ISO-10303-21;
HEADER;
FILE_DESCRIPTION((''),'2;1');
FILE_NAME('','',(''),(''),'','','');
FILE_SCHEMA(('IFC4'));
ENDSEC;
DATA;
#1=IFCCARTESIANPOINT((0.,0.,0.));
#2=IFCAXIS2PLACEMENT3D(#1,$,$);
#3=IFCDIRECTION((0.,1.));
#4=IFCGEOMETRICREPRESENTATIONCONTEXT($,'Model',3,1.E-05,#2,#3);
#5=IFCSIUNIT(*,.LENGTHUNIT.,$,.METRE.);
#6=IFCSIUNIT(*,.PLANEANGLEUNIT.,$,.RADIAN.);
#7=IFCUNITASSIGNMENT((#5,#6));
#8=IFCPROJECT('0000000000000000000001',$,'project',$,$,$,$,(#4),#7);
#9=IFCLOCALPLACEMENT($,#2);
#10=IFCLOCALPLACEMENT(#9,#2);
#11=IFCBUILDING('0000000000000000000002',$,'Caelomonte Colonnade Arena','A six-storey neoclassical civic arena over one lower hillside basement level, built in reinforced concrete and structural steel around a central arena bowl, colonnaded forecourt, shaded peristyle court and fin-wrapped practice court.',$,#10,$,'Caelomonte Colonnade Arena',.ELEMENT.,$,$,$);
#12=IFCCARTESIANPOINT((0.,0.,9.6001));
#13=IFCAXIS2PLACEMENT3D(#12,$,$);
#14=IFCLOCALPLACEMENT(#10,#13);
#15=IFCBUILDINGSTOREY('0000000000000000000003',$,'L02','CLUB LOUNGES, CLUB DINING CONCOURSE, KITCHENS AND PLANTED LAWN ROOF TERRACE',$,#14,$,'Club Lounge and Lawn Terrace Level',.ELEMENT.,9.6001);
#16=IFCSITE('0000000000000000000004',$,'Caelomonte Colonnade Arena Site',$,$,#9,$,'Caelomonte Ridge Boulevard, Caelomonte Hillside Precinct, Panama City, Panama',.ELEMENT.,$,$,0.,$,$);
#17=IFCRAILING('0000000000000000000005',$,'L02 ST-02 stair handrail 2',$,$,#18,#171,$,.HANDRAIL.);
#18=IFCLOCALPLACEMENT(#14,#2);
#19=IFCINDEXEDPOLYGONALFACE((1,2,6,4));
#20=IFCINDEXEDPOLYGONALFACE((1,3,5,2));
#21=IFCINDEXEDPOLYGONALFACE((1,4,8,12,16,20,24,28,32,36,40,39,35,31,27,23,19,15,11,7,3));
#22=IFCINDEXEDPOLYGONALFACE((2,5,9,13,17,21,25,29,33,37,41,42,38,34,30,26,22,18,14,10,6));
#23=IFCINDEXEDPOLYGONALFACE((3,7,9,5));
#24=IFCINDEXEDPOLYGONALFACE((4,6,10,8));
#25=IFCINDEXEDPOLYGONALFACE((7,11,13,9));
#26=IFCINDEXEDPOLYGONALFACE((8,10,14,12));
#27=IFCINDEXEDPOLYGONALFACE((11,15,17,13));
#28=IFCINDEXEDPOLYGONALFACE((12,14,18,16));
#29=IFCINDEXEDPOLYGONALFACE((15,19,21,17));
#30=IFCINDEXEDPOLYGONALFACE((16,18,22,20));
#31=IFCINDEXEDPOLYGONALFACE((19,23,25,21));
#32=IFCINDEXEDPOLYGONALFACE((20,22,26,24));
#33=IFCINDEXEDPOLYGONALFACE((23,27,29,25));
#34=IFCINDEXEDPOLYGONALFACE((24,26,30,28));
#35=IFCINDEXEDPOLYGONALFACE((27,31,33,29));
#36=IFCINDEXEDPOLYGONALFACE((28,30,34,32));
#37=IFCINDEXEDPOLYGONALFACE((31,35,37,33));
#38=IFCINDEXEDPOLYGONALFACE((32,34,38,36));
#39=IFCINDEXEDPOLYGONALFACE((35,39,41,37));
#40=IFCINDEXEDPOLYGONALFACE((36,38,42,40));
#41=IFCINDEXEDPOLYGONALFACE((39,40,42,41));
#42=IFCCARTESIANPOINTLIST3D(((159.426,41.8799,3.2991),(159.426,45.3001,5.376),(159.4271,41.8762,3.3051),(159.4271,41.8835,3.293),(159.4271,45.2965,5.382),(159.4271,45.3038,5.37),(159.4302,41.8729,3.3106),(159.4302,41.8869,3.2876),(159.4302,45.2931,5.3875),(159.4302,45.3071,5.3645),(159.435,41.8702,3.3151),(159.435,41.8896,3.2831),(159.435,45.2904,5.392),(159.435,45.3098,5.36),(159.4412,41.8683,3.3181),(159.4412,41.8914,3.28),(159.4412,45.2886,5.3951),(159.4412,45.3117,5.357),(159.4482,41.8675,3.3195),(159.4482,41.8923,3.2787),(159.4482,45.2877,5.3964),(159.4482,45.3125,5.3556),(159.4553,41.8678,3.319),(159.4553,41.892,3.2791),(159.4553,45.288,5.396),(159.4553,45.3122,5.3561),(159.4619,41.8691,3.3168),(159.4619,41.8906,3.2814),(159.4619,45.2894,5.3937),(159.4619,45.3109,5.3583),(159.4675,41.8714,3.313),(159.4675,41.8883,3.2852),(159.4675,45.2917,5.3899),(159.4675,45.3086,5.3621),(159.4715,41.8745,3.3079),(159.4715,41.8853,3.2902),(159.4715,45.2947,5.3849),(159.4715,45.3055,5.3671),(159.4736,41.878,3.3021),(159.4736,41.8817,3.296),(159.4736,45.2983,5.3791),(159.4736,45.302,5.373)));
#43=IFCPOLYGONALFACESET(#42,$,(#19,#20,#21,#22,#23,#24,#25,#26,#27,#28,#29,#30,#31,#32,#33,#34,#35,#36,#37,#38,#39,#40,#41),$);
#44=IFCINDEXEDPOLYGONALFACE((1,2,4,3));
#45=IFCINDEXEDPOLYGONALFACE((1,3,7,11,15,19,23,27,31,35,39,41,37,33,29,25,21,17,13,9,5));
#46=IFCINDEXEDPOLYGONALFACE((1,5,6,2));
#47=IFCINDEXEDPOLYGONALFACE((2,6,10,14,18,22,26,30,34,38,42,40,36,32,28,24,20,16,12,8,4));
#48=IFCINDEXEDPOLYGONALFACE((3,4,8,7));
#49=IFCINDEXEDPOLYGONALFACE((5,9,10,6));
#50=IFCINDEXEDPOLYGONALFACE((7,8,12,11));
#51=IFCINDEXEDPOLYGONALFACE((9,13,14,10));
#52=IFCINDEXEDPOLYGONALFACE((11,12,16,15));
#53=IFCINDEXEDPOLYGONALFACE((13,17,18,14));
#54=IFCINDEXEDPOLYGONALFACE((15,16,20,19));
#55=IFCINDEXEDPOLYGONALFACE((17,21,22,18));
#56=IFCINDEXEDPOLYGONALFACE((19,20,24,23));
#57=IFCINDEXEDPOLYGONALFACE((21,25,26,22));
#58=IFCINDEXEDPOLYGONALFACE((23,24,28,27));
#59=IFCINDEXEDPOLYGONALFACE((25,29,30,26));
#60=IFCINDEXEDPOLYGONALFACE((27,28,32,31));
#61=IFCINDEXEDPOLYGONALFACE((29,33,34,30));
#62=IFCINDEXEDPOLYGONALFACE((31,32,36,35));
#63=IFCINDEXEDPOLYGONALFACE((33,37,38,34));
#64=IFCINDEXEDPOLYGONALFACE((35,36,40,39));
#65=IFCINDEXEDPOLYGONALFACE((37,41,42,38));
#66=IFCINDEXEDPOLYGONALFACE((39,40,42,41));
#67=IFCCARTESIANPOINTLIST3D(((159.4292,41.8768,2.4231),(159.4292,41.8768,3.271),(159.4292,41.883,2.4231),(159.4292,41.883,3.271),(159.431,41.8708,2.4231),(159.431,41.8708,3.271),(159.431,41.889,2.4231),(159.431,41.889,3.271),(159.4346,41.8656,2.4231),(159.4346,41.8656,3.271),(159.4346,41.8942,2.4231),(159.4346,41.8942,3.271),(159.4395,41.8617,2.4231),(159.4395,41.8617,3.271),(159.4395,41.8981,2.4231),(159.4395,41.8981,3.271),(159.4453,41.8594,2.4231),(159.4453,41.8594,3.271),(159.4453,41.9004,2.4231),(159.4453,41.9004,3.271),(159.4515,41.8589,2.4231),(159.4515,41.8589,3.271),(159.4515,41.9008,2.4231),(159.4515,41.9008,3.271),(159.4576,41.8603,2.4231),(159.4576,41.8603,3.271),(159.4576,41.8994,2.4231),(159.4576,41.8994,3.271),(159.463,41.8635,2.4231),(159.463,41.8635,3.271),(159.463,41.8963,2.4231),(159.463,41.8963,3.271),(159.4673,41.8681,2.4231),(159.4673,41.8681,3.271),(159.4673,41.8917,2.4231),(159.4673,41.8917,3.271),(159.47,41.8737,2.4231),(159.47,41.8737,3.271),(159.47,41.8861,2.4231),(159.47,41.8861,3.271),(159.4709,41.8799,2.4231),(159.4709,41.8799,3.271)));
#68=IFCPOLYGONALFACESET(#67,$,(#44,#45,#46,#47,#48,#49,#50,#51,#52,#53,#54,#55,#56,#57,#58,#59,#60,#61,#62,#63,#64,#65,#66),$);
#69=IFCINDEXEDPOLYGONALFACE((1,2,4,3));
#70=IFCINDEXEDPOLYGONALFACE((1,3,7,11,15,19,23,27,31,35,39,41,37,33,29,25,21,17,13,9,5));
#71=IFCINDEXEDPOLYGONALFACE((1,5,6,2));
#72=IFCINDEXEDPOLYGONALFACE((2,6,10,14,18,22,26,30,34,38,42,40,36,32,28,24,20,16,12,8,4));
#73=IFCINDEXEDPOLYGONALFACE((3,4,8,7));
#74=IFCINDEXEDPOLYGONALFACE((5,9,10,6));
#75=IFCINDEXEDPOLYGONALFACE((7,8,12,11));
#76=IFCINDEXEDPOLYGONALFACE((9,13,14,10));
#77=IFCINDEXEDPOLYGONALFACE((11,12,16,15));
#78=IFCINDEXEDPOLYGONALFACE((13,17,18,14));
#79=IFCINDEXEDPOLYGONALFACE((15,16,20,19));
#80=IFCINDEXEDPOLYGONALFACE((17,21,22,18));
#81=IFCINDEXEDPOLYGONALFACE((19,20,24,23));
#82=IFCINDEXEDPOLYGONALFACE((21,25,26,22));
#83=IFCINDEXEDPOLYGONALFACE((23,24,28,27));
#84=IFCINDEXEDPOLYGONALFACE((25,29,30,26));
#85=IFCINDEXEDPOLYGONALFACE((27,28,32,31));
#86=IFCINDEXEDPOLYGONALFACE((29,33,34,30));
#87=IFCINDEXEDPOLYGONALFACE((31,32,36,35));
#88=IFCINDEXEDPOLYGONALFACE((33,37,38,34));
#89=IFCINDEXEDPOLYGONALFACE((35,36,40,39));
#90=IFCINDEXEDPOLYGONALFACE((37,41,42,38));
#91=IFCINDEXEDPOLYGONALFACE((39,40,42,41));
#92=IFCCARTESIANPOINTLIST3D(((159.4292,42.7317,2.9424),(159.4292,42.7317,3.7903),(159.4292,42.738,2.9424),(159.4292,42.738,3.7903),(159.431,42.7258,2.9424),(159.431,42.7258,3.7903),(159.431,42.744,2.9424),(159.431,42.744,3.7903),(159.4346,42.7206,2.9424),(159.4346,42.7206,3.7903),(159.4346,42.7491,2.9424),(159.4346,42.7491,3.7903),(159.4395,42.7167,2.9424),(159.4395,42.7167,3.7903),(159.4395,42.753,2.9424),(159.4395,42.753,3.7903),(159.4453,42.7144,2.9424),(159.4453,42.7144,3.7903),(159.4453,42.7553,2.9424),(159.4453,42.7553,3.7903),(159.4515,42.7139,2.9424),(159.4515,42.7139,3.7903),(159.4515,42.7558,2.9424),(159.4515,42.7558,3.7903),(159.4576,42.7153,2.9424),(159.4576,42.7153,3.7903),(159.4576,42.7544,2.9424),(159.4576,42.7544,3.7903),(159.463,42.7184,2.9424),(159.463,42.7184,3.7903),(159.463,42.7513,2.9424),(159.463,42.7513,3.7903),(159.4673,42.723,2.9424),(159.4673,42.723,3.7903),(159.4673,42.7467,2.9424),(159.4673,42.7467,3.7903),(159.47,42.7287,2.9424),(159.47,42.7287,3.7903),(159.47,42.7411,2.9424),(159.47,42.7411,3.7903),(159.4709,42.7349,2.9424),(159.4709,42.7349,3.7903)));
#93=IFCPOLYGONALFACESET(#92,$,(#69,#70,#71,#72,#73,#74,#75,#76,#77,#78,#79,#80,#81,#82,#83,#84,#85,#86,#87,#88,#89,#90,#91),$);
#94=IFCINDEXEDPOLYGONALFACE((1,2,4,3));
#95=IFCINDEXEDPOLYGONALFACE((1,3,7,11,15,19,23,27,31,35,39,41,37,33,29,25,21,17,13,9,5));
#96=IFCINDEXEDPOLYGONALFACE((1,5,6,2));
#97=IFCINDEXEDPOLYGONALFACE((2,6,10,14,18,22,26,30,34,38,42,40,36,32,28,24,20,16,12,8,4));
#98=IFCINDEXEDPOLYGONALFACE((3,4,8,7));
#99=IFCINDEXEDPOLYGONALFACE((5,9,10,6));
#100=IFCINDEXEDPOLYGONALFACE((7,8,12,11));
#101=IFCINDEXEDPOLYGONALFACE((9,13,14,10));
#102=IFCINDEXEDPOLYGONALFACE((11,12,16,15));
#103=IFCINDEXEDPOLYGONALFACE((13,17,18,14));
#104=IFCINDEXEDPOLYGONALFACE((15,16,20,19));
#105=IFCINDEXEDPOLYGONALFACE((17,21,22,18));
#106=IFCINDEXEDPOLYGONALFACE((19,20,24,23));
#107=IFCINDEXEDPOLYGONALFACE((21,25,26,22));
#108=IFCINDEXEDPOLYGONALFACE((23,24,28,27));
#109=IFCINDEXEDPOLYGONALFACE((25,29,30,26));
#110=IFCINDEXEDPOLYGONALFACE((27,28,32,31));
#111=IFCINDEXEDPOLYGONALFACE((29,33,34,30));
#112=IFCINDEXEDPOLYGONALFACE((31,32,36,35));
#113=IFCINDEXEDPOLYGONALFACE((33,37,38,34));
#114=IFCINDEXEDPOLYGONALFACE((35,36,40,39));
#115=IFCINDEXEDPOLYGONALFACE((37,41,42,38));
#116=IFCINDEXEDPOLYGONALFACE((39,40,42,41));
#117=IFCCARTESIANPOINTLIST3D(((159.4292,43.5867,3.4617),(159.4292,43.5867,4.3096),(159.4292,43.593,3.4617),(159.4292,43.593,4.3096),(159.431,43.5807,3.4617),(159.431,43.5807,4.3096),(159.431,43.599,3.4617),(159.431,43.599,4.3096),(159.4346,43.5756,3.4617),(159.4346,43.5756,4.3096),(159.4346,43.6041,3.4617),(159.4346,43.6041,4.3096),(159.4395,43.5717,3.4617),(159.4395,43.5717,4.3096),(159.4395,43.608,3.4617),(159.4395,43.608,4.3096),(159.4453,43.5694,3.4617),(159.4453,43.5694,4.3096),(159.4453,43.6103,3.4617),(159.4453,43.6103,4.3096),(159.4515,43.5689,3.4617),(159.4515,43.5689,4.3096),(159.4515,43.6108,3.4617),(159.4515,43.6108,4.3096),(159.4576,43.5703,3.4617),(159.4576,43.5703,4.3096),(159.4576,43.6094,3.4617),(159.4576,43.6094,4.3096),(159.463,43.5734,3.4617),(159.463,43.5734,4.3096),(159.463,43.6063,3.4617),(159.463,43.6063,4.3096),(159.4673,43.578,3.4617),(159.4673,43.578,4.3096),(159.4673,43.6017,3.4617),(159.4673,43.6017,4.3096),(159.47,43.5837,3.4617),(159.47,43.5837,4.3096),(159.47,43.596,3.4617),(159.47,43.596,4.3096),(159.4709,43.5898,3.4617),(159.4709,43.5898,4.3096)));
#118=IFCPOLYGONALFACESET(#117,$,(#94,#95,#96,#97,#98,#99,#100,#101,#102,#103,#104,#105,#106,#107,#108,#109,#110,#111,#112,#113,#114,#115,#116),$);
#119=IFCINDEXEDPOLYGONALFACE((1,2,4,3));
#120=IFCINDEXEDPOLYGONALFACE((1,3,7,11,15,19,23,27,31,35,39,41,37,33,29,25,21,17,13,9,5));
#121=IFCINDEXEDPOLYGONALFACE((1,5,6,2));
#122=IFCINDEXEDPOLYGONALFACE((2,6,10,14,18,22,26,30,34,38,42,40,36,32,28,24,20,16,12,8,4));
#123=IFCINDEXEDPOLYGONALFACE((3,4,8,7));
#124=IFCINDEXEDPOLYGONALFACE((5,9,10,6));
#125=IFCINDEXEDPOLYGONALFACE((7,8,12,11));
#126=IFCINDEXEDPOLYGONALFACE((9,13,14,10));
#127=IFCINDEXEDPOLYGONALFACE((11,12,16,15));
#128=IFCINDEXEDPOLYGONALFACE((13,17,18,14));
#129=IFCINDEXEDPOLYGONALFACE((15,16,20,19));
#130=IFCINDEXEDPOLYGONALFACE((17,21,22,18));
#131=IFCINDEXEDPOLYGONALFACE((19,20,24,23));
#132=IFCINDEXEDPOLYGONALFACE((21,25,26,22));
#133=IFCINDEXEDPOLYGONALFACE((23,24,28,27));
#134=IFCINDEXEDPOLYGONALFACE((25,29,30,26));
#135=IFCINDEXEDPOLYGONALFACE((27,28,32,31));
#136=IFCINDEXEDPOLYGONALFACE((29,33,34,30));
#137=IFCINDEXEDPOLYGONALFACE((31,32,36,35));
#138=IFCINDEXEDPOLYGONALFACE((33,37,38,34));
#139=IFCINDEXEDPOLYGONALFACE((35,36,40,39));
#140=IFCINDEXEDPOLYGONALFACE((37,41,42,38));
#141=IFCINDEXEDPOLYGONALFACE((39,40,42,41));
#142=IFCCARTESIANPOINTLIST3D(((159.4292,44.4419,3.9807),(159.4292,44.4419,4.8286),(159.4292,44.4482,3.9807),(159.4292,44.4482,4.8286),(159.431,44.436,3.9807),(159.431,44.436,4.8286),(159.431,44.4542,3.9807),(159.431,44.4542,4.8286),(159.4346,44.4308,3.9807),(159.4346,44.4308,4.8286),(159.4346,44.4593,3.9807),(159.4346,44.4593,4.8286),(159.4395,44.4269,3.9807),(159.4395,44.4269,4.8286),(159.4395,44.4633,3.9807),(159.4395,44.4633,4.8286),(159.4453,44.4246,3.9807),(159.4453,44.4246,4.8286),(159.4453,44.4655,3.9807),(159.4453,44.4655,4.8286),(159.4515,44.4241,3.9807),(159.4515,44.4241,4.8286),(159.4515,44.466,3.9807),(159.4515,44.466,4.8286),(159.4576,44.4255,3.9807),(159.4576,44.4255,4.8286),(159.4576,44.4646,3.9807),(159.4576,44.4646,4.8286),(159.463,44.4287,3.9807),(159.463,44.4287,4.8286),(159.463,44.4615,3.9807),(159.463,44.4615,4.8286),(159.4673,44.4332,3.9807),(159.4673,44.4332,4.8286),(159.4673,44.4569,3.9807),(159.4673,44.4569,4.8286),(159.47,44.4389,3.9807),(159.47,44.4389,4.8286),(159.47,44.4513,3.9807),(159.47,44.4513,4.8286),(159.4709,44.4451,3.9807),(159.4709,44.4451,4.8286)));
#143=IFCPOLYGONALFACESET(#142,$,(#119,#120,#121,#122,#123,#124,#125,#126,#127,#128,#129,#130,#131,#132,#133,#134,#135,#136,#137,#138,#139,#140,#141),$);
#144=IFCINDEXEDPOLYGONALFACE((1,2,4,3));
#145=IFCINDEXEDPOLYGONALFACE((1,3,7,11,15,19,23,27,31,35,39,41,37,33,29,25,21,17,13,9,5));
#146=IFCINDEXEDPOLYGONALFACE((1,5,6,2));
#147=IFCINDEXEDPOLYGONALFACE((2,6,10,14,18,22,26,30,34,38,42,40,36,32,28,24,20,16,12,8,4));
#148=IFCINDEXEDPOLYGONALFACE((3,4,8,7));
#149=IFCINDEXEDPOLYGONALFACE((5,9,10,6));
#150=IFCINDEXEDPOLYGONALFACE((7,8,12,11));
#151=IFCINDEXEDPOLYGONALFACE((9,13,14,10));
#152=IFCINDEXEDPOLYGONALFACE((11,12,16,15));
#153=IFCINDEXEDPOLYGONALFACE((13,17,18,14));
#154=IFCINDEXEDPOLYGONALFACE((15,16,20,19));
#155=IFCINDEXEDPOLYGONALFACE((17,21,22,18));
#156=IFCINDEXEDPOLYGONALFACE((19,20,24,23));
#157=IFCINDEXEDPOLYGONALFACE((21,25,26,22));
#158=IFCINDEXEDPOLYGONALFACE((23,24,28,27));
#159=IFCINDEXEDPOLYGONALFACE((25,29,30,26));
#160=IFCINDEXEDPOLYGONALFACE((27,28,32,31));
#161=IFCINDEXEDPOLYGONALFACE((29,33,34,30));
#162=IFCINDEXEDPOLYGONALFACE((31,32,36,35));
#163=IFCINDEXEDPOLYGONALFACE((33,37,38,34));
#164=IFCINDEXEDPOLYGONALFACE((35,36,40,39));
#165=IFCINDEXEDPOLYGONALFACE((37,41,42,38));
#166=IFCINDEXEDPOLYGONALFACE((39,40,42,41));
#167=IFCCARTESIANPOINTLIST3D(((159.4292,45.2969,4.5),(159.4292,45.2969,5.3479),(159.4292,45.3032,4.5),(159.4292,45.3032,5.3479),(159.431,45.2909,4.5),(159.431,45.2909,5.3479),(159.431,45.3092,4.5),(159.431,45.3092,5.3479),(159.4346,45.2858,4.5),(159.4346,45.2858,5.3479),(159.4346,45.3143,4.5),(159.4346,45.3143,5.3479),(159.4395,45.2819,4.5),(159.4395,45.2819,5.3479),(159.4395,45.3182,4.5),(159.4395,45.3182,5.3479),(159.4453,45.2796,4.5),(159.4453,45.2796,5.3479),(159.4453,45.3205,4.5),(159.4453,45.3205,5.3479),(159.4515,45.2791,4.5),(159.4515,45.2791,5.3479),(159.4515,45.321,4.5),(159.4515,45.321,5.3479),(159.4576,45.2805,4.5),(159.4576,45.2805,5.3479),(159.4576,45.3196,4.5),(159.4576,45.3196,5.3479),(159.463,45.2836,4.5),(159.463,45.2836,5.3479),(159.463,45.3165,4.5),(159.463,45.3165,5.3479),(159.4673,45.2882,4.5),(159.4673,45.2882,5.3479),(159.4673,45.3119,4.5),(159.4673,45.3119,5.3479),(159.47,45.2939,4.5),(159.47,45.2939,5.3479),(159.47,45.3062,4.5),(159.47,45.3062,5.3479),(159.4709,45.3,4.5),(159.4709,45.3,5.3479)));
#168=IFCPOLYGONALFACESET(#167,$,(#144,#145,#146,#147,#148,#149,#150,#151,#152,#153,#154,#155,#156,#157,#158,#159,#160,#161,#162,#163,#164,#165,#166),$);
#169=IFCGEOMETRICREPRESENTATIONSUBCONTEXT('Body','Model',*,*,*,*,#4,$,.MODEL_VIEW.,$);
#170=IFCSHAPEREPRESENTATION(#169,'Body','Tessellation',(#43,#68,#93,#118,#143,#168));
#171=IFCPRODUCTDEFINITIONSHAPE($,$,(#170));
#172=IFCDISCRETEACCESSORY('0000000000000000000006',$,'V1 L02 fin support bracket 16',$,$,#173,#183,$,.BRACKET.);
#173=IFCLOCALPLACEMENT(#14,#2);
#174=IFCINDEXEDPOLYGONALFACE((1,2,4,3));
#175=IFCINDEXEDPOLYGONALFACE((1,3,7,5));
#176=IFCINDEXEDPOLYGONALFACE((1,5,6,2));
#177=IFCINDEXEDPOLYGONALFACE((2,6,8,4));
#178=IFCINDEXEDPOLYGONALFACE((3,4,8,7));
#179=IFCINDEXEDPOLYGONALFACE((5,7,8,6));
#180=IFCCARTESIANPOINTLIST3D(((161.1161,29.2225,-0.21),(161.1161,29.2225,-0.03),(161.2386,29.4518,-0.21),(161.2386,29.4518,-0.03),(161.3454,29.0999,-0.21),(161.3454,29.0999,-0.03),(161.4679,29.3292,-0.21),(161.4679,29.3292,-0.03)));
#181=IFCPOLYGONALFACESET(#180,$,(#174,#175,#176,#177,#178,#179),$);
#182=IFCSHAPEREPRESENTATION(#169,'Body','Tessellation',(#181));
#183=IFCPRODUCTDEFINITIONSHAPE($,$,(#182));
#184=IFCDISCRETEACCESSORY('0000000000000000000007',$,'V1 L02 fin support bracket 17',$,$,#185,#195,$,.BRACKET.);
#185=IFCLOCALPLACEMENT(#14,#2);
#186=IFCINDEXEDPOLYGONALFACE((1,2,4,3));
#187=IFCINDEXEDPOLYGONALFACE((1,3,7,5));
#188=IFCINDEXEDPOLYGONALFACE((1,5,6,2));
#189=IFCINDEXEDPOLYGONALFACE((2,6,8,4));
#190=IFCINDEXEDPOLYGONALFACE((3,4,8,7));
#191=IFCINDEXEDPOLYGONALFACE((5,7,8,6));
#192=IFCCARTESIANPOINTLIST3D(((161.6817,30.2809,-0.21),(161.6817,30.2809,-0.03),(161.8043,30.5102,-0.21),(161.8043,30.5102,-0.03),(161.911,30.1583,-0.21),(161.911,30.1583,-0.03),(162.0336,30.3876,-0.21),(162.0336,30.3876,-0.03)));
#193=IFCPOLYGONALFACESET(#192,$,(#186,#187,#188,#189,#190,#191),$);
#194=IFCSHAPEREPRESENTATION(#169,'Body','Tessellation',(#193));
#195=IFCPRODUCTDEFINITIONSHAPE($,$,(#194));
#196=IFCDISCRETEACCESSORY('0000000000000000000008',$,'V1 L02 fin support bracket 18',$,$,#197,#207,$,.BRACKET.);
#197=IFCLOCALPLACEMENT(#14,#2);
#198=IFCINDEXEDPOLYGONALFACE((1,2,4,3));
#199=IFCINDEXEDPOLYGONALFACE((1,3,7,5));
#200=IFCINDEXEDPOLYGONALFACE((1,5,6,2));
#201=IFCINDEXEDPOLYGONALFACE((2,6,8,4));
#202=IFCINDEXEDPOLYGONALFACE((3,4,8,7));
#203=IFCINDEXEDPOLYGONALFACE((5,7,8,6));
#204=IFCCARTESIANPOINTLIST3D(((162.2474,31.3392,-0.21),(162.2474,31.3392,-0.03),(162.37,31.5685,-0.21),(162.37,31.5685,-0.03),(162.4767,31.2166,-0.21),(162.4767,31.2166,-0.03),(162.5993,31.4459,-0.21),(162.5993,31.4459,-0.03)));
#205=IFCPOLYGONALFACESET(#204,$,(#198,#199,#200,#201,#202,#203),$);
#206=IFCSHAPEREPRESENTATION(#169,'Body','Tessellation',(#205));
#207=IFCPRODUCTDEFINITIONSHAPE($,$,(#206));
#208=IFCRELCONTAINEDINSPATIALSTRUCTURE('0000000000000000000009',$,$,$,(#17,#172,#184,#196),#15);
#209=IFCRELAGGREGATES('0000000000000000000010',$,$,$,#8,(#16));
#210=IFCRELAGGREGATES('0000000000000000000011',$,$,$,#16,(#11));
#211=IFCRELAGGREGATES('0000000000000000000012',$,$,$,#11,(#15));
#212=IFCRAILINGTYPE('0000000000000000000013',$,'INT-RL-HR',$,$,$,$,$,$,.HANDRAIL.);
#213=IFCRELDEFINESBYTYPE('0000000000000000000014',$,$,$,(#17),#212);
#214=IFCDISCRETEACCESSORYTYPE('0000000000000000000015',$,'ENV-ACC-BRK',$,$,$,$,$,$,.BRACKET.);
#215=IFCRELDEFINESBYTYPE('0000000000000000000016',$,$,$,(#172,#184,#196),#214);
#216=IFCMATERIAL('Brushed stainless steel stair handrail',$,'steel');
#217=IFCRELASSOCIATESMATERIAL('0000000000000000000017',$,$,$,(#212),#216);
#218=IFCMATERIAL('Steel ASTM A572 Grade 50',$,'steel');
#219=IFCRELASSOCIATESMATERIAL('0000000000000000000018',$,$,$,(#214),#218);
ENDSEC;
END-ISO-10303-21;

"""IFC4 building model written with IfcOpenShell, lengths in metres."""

from ifc_helpers import new_model, si_unit, direction, frame, origin, origin_2d, place, context, subcontext, project, spatial, rectangle, circle, extrude, material, type_object, element, save


model = new_model("IFC4")

# Units and contexts
model_context = context("Model", 3, precision=1e-05, world=origin(), true_north=direction((0.0, 1.0)))
body_context = subcontext(model_context, "Body", "Model", "MODEL_VIEW")
ifc_project = project(units=[si_unit("LENGTHUNIT", "METRE"), si_unit("PLANEANGLEUNIT", "RADIAN")], contexts=[model_context])

# Site, building, storey
site_placement = place(None, origin())
site = spatial("IfcSite", under=ifc_project, at=site_placement, Name="Caelomonte Colonnade Arena Site", LongName="Caelomonte Ridge Boulevard, Caelomonte Hillside Precinct, Panama City, Panama", CompositionType="ELEMENT", RefElevation=0.0)
building_placement = place(site_placement, origin())
building = spatial("IfcBuilding", under=site, at=building_placement, Name="Caelomonte Colonnade Arena", Description="A six-storey neoclassical civic arena over one lower hillside basement level, built in reinforced concrete and structural steel around a central arena bowl, colonnaded forecourt, shaded peristyle court and fin-wrapped practice court.", LongName="Caelomonte Colonnade Arena", CompositionType="ELEMENT")
storey_placement = place(building_placement, frame((0.0, 0.0, 9.6001)))
storey = spatial("IfcBuildingStorey", under=building, at=storey_placement, Name="L02", Description="CLUB LOUNGES, CLUB DINING CONCOURSE, KITCHENS AND PLANTED LAWN ROOF TERRACE", LongName="Club Lounge and Lawn Terrace Level", CompositionType="ELEMENT", Elevation=9.6001)

# Railing
ifc_material_1 = material(Name="Brushed stainless steel stair handrail", Category="steel")
railing_type_1 = type_object("IfcRailingType", Name="INT-RL-HR", PredefinedType="HANDRAIL", material=ifc_material_1)
railing_1_placement = place(storey_placement, frame((159.45, 41.8799, 2.4231)))
element("IfcRailing", 1, at=railing_1_placement, inside=storey, type_object=railing_type_1, Name="L02 ST-02 stair handrail 2", PredefinedType="HANDRAIL", context=body_context, shape_type="SweptSolid", body=[
    extrude(circle(Radius=0.0239, at=origin_2d()), frame((0.0, 0.0, 0.876), z_axis=(0.0, 0.854746, 0.519047), x_axis=(-1.0, 0.0, 0.0)), (0.0, 0.0, 1.0), 4.0015),
    extrude(circle(Radius=0.021, at=origin_2d()), origin(), (0.0, 0.0, 1.0), 0.8479),
    extrude(circle(Radius=0.021, at=origin_2d()), frame((0.0, 0.855, 0.5193)), (0.0, 0.0, 1.0), 0.8479),
    extrude(circle(Radius=0.021, at=origin_2d()), frame((0.0, 1.71, 1.0386)), (0.0, 0.0, 1.0), 0.8479),
    extrude(circle(Radius=0.021, at=origin_2d()), frame((0.0, 2.5652, 1.5576)), (0.0, 0.0, 1.0), 0.8479),
    extrude(circle(Radius=0.021, at=origin_2d()), frame((0.0, 3.4202, 2.0769)), (0.0, 0.0, 1.0), 0.8479),
])

# Discrete accessories
ifc_material_2 = material(Name="Steel ASTM A572 Grade 50", Category="steel")
discrete_accessory_type = type_object("IfcDiscreteAccessoryType", Name="ENV-ACC-BRK", PredefinedType="BRACKET", material=ifc_material_2)
for number, where, z_axis, x_axis, name in (
    (2, (161.292, 29.2759, -0.21), (0.0, 0.0, 1.0), (0.471397, 0.881921, 0.0), "V1 L02 fin support bracket 16"),
    (3, (161.8577, 30.3342, -0.21), (0.0, 0.0, 1.0), (0.471397, 0.881921, 0.0), "V1 L02 fin support bracket 17"),
    (4, (162.4233, 31.3926, -0.21), (0.0, 0.0, 1.0), (0.471397, 0.881921, 0.0), "V1 L02 fin support bracket 18"),
):
    element("IfcDiscreteAccessory", number, at=place(storey_placement, frame(where, z_axis=z_axis, x_axis=x_axis)), inside=storey, type_object=discrete_accessory_type, Name=name, PredefinedType="BRACKET", context=body_context, shape_type="SweptSolid", body=[
        extrude(rectangle(XDim=0.26, YDim=0.26, at=origin_2d()), origin(), (0.0, 0.0, 1.0), 0.1799),
    ])

save(model, "model.ifc")
